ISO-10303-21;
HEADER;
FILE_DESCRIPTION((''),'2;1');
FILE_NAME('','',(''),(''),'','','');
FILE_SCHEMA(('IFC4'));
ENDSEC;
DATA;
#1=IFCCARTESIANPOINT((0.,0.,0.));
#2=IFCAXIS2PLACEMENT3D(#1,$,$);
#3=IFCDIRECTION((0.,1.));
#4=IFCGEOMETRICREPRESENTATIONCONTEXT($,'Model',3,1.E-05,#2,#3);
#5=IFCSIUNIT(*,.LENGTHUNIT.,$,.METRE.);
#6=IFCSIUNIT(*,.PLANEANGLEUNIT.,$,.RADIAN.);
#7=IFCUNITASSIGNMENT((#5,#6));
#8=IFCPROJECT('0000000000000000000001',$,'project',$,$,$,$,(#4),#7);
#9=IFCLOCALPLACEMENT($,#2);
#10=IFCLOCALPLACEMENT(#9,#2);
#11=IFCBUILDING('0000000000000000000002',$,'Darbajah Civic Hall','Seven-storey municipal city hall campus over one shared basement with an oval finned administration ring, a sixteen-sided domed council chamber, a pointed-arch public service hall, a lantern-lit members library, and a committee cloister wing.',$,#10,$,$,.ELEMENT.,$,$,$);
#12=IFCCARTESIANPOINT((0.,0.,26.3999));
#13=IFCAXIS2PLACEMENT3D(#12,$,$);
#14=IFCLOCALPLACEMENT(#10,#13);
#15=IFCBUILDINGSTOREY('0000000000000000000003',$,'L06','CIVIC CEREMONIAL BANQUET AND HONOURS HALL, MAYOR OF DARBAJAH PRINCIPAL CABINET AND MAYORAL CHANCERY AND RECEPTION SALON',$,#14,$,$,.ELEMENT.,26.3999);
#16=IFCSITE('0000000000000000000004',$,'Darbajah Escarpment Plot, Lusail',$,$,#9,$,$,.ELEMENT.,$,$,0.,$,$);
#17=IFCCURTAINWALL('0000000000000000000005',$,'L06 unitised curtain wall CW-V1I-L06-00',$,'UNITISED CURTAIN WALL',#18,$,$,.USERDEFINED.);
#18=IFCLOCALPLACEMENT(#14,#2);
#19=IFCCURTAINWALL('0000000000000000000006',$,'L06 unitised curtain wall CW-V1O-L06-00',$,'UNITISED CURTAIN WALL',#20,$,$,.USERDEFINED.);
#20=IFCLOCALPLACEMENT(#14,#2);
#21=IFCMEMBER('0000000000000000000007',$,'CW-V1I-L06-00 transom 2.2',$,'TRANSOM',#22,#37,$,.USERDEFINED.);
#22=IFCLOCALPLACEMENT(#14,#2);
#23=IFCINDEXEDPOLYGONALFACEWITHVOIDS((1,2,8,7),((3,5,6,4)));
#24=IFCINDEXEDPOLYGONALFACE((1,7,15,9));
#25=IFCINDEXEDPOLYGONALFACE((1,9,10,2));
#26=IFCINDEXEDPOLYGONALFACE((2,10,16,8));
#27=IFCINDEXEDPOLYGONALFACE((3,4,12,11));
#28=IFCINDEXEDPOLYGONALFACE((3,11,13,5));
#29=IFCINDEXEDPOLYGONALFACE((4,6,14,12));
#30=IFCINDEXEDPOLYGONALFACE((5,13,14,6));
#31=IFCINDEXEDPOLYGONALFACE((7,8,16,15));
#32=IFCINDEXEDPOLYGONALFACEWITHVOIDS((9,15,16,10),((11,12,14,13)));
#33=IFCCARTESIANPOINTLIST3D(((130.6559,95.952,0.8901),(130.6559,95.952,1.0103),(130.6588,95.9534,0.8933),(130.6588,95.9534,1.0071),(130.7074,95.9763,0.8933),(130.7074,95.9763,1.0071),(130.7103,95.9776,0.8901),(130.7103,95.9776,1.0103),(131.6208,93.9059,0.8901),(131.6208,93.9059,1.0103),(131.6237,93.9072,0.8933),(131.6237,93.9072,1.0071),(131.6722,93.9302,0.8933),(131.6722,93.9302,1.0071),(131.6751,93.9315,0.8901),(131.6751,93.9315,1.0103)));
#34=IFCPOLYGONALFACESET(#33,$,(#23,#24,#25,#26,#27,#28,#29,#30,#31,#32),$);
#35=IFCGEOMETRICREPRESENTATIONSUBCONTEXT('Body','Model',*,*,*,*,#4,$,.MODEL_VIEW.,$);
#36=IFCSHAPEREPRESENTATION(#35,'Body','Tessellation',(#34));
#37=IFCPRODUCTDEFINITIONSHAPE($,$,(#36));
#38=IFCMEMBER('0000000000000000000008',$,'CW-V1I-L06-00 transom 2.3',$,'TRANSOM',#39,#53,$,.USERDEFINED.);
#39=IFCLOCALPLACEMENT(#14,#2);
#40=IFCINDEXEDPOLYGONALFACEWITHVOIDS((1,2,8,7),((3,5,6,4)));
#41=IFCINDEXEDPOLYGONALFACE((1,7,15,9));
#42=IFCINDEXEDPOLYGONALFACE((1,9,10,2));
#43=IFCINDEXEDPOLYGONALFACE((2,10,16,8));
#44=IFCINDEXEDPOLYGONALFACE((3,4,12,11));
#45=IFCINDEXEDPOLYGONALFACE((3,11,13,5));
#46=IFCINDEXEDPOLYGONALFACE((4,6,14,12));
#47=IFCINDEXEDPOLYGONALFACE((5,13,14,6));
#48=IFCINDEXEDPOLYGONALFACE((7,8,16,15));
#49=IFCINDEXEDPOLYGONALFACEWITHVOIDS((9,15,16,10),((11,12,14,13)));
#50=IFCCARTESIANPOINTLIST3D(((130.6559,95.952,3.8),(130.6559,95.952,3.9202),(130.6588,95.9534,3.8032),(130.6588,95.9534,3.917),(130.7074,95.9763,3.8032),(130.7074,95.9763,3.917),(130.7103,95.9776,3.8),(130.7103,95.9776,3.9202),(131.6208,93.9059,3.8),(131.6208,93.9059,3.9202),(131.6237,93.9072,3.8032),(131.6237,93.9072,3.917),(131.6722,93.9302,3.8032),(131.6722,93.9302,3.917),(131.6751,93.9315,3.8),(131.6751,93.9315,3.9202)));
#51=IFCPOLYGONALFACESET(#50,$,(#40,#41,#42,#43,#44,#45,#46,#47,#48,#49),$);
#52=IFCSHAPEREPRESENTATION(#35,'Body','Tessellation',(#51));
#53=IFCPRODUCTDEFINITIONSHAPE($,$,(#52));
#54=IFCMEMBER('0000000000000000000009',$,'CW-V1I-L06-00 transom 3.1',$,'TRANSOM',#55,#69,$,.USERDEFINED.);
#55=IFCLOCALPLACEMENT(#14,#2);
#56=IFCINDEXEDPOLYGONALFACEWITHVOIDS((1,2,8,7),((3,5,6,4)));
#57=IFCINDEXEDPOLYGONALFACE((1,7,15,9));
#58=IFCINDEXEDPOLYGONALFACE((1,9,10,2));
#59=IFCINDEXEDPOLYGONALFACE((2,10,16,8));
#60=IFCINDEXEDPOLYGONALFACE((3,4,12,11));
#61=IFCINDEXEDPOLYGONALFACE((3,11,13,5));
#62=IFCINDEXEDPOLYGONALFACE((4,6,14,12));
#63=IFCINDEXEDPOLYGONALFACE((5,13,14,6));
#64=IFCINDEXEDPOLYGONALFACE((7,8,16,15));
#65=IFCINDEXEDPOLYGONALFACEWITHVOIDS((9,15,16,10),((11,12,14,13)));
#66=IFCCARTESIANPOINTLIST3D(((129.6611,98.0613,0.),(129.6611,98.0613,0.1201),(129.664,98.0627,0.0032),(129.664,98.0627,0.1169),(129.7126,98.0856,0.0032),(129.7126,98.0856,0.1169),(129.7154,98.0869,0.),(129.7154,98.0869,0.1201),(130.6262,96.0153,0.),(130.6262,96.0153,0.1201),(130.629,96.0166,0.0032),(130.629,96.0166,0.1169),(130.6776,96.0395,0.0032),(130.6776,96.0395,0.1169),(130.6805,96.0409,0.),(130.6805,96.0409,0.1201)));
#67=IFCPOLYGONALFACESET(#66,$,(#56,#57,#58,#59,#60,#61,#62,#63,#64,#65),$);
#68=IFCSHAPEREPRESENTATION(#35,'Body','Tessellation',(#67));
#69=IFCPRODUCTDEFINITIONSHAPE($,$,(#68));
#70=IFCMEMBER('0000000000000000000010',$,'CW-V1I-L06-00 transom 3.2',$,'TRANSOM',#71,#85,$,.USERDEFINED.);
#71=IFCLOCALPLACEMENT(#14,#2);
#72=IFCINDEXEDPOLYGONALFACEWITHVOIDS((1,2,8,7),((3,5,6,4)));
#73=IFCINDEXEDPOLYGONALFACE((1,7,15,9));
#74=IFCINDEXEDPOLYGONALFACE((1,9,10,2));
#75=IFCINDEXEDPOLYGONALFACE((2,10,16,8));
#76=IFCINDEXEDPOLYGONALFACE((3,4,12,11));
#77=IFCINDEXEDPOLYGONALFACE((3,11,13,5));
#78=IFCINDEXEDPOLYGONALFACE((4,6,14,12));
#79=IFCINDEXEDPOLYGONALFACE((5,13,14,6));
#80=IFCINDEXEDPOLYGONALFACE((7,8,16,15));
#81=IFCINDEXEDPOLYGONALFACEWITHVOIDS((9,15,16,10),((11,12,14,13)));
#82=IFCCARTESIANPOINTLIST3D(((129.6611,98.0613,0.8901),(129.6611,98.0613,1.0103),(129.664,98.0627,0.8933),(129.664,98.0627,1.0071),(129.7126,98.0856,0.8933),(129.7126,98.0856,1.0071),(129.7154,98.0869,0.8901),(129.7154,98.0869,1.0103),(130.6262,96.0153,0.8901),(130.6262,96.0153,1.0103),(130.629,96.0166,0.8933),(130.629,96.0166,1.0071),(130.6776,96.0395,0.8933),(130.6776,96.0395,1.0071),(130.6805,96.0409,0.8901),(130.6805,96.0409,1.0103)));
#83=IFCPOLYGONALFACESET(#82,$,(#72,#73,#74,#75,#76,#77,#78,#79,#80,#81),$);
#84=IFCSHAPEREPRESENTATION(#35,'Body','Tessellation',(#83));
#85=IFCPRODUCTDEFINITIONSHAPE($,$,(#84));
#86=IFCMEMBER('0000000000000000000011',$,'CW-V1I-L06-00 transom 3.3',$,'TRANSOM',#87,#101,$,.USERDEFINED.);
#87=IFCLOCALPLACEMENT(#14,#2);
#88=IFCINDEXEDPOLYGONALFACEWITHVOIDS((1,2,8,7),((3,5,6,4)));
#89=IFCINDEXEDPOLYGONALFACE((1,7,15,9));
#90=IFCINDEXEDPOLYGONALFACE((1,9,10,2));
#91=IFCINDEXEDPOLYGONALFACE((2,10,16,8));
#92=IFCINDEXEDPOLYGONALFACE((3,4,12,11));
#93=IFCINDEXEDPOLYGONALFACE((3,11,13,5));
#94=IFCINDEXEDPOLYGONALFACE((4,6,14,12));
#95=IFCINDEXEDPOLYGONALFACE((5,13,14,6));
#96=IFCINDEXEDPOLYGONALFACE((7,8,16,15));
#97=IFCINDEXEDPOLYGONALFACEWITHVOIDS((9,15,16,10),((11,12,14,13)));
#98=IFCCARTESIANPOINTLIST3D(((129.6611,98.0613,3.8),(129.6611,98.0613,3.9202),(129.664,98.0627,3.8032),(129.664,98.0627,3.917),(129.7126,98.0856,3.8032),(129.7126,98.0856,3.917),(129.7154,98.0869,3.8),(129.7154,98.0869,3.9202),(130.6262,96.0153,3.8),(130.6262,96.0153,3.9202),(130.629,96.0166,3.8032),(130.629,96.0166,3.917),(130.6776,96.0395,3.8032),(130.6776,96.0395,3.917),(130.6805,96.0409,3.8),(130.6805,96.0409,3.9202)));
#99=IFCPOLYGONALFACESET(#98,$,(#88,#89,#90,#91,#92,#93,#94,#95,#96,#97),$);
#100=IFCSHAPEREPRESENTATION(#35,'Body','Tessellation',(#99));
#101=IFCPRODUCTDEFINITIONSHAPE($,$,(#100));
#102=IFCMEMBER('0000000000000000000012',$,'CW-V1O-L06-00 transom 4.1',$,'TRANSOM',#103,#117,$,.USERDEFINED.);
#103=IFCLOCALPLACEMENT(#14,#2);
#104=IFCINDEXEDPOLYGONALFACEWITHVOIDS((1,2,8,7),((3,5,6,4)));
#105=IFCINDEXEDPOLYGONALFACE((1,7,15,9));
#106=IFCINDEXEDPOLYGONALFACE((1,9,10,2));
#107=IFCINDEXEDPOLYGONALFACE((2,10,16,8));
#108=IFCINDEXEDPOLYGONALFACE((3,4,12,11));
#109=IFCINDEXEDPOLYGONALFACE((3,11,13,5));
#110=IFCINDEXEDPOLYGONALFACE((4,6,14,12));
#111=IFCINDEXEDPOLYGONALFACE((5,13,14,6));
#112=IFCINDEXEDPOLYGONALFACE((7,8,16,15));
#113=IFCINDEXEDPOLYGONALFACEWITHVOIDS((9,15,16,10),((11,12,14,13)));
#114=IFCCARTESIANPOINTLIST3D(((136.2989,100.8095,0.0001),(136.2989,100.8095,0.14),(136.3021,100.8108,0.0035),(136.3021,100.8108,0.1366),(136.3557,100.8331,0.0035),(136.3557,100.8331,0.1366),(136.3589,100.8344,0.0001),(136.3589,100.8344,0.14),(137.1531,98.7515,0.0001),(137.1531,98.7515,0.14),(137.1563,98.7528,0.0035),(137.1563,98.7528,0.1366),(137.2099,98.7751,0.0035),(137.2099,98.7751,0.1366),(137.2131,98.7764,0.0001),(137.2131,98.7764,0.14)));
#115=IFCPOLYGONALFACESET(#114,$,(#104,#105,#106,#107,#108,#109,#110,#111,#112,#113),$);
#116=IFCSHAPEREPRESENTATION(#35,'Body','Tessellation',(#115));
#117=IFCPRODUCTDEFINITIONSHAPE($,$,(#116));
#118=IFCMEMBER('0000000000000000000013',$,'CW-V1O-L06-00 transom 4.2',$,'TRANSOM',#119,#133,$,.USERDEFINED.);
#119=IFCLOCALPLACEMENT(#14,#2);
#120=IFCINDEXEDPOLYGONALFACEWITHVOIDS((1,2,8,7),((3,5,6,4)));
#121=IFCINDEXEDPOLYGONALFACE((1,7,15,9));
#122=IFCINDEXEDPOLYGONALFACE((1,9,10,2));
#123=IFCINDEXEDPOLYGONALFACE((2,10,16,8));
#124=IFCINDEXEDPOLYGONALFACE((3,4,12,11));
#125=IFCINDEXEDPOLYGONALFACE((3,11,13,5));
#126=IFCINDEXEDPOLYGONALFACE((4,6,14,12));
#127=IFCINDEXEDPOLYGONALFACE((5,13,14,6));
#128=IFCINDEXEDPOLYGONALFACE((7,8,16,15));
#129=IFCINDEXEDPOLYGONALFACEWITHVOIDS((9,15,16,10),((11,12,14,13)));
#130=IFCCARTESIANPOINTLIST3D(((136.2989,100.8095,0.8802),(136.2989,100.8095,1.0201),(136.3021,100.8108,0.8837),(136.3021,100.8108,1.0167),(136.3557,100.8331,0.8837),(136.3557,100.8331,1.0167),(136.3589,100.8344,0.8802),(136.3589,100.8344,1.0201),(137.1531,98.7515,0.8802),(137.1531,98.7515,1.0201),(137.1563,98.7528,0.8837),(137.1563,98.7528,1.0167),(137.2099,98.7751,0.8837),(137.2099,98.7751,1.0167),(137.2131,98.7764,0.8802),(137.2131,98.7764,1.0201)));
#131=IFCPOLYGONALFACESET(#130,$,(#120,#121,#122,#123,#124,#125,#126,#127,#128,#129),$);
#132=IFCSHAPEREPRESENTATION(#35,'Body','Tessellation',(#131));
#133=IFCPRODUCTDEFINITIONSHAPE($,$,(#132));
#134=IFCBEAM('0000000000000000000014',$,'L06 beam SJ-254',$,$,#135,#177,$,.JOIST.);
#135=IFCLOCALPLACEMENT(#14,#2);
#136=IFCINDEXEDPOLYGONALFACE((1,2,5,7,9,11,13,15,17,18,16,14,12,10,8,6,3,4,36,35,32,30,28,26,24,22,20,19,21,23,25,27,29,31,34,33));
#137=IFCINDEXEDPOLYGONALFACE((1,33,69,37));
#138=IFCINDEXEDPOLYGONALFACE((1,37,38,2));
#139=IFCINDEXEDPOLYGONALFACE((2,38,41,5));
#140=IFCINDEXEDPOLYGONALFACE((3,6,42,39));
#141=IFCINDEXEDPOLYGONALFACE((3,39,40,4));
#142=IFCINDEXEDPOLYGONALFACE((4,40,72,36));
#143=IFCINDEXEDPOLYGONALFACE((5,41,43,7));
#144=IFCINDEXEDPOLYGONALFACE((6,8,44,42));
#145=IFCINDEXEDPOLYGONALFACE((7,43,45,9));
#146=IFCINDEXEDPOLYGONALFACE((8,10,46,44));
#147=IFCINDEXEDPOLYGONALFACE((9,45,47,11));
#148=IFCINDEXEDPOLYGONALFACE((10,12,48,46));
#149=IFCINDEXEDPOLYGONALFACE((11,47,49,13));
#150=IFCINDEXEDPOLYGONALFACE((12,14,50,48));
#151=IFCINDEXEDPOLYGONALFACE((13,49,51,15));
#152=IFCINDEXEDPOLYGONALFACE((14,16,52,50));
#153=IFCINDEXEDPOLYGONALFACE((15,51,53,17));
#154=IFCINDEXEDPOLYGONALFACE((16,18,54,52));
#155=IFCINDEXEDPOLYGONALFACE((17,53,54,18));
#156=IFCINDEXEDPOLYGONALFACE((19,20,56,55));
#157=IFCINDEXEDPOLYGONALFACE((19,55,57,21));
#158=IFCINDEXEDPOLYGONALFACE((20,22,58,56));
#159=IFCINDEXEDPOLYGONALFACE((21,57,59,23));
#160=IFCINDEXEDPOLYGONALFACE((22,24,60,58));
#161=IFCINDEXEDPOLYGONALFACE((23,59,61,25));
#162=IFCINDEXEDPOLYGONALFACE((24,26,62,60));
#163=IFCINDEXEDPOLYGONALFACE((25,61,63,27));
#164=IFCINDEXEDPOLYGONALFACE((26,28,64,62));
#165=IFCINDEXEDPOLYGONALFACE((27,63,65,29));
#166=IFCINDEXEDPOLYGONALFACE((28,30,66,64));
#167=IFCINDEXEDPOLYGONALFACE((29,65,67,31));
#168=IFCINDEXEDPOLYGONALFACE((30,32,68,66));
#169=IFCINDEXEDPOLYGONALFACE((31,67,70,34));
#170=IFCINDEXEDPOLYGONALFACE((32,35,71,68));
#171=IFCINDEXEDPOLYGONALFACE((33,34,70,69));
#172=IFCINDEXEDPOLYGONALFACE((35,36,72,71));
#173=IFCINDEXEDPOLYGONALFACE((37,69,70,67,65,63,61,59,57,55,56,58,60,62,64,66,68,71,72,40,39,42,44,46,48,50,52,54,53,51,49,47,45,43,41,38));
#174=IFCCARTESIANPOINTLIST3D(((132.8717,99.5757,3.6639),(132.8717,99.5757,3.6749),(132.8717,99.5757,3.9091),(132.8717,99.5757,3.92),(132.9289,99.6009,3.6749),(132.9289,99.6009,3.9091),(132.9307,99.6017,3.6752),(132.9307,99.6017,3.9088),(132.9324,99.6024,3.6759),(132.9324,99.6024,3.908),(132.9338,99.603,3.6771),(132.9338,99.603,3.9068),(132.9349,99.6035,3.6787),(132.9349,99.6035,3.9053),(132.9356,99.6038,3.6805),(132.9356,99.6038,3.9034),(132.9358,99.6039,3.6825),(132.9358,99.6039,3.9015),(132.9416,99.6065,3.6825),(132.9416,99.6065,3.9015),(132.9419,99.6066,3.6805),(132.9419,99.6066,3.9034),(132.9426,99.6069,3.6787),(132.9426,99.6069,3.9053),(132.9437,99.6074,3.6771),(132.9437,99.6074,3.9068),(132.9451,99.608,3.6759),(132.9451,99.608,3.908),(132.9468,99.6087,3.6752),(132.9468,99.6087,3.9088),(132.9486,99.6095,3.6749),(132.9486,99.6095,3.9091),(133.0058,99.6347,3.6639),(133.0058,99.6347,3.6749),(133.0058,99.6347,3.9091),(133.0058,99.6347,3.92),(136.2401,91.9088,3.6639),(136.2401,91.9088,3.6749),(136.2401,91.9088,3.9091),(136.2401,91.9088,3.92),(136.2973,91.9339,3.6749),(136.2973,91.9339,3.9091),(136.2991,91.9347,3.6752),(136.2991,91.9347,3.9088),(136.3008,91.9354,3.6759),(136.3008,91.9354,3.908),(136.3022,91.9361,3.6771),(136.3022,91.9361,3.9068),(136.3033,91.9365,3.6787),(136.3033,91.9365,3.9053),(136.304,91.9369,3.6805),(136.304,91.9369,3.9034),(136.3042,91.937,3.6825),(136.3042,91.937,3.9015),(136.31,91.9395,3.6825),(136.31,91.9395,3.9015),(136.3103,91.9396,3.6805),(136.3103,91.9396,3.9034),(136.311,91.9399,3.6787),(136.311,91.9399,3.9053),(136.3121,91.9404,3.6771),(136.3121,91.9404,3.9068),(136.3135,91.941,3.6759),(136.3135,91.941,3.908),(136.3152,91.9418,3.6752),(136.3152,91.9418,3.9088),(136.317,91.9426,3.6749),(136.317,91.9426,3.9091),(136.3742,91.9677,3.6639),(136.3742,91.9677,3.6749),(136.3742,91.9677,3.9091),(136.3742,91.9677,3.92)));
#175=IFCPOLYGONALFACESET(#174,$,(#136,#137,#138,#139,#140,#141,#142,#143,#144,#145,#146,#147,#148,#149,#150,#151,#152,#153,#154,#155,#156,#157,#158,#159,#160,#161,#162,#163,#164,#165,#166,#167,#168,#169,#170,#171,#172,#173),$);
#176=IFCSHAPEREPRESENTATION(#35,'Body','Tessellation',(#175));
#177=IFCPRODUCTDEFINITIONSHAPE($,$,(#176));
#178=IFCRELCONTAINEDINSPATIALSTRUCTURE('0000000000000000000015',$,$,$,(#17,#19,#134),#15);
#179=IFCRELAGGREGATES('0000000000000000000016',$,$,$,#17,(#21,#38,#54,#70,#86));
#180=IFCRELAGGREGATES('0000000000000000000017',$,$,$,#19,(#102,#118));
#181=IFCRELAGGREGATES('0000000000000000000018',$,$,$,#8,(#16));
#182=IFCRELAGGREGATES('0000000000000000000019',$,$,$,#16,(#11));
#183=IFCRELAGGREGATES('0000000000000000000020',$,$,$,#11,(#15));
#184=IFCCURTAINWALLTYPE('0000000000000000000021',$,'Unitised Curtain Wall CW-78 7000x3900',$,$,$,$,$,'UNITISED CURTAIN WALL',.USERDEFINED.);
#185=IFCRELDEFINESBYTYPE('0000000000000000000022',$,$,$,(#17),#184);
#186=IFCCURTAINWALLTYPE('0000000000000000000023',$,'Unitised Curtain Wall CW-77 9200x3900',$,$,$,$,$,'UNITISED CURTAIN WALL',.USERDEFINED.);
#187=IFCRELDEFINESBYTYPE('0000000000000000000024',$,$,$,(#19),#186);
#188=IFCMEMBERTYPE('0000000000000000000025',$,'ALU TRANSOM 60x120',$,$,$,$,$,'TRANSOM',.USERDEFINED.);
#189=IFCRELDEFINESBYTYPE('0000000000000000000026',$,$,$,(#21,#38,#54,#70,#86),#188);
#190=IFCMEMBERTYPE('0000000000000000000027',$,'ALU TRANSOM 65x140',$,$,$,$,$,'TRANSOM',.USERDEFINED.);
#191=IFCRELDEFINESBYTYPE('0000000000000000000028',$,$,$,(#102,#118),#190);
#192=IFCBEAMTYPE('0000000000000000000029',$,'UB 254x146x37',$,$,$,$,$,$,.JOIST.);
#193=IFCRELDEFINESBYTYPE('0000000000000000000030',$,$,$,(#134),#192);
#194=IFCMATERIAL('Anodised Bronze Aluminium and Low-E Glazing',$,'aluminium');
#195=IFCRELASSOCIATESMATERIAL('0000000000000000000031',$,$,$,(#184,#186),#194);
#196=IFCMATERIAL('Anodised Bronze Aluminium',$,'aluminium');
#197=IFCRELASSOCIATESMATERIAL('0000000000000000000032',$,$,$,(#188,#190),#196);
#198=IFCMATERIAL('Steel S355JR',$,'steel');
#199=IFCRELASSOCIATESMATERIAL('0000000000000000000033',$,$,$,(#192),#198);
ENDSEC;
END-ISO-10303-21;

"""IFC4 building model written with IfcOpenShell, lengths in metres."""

from ifc_helpers import new_model, si_unit, direction, frame, origin, origin_2d, place, context, subcontext, project, spatial, hollow_rectangle, i_section, extrude, material, material_profile, profile_set, type_object, element, aggregate, save


model = new_model("IFC4")

# Units and contexts
model_context = context("Model", 3, precision=1e-05, world=origin(), true_north=direction((0.0, 1.0)))
body_context = subcontext(model_context, "Body", "Model", "MODEL_VIEW")
ifc_project = project(units=[si_unit("LENGTHUNIT", "METRE"), si_unit("PLANEANGLEUNIT", "RADIAN")], contexts=[model_context])

# Site, building, storey
site_placement = place(None, origin())
site = spatial("IfcSite", under=ifc_project, at=site_placement, Name="Darbajah Escarpment Plot, Lusail", CompositionType="ELEMENT", RefElevation=0.0)
building_placement = place(site_placement, origin())
building = spatial("IfcBuilding", under=site, at=building_placement, Name="Darbajah Civic Hall", Description="Seven-storey municipal city hall campus over one shared basement with an oval finned administration ring, a sixteen-sided domed council chamber, a pointed-arch public service hall, a lantern-lit members library, and a committee cloister wing.", CompositionType="ELEMENT")
storey_placement = place(building_placement, frame((0.0, 0.0, 26.3999)))
storey = spatial("IfcBuildingStorey", under=building, at=storey_placement, Name="L06", Description="CIVIC CEREMONIAL BANQUET AND HONOURS HALL, MAYOR OF DARBAJAH PRINCIPAL CABINET AND MAYORAL CHANCERY AND RECEPTION SALON", CompositionType="ELEMENT", Elevation=26.3999)

# Curtain wall
ifc_material_1 = material(Name="Anodised Bronze Aluminium and Low-E Glazing", Category="aluminium")
curtain_wall_type_1 = type_object("IfcCurtainWallType", Name="Unitised Curtain Wall CW-78 7000x3900", ElementType="UNITISED CURTAIN WALL", PredefinedType="USERDEFINED", material=ifc_material_1)
curtain_wall_1_placement = place(storey_placement, origin())
curtain_wall_1 = element("IfcCurtainWall", 1, at=curtain_wall_1_placement, inside=storey, type_object=curtain_wall_type_1, Name="L06 unitised curtain wall CW-V1I-L06-00", ObjectType="UNITISED CURTAIN WALL", PredefinedType="USERDEFINED")
ifc_material_2 = material(Name="Anodised Bronze Aluminium", Category="aluminium")

# Curtain wall
curtain_wall_type_2 = type_object("IfcCurtainWallType", Name="Unitised Curtain Wall CW-77 9200x3900", ElementType="UNITISED CURTAIN WALL", PredefinedType="USERDEFINED", material=ifc_material_1)
curtain_wall_2_placement = place(storey_placement, origin())
curtain_wall_2 = element("IfcCurtainWall", 2, at=curtain_wall_2_placement, inside=storey, type_object=curtain_wall_type_2, Name="L06 unitised curtain wall CW-V1O-L06-00", ObjectType="UNITISED CURTAIN WALL", PredefinedType="USERDEFINED")

# Members
ifc_material_profile_1 = material_profile(ifc_material_2, hollow_rectangle(XDim=0.0601, YDim=0.1201, WallThickness=0.0032, at=origin_2d()), Name="ALU TRANSOM 60x120")
ifc_profile_set_1 = profile_set([ifc_material_profile_1], Name="Anodised Bronze Aluminium")
member_type_1 = type_object("IfcMemberType", Name="ALU TRANSOM 60x120", ElementType="TRANSOM", PredefinedType="USERDEFINED", material=ifc_profile_set_1)
member_1_placement = place(storey_placement, frame((131.6479, 93.9187, 0.9502), z_axis=(-0.426504, 0.904486, 0.0), x_axis=(-0.904486, -0.426504, 0.0)))
member_1 = element("IfcMember", 3, at=member_1_placement, type_object=member_type_1, Name="CW-V1I-L06-00 transom 2.2", ObjectType="TRANSOM", PredefinedType="USERDEFINED", context=body_context, shape_type="SweptSolid", body=[
    extrude(hollow_rectangle(XDim=0.0601, YDim=0.1201, WallThickness=0.0032, at=origin_2d()), origin(), (0.0, 0.0, 1.0), 2.2622),
])
member_2_placement = place(storey_placement, frame((131.6479, 93.9187, 3.8601), z_axis=(-0.426504, 0.904486, 0.0), x_axis=(-0.904486, -0.426504, 0.0)))
member_2 = element("IfcMember", 4, at=member_2_placement, type_object=member_type_1, Name="CW-V1I-L06-00 transom 2.3", ObjectType="TRANSOM", PredefinedType="USERDEFINED", context=body_context, shape_type="SweptSolid", body=[
    extrude(hollow_rectangle(XDim=0.0601, YDim=0.1201, WallThickness=0.0032, at=origin_2d()), origin(), (0.0, 0.0, 1.0), 2.2622),
])
member_3_placement = place(storey_placement, frame((130.6533, 96.0281, 0.0601), z_axis=(-0.426592, 0.904444, 0.0), x_axis=(-0.904444, -0.426592, 0.0)))
member_3 = element("IfcMember", 5, at=member_3_placement, type_object=member_type_1, Name="CW-V1I-L06-00 transom 3.1", ObjectType="TRANSOM", PredefinedType="USERDEFINED", context=body_context, shape_type="SweptSolid", body=[
    extrude(hollow_rectangle(XDim=0.0601, YDim=0.1201, WallThickness=0.0032, at=origin_2d()), origin(), (0.0, 0.0, 1.0), 2.2622),
])
member_4_placement = place(storey_placement, frame((130.6533, 96.0281, 0.9502), z_axis=(-0.426592, 0.904444, 0.0), x_axis=(-0.904444, -0.426592, 0.0)))
member_4 = element("IfcMember", 6, at=member_4_placement, type_object=member_type_1, Name="CW-V1I-L06-00 transom 3.2", ObjectType="TRANSOM", PredefinedType="USERDEFINED", context=body_context, shape_type="SweptSolid", body=[
    extrude(hollow_rectangle(XDim=0.0601, YDim=0.1201, WallThickness=0.0032, at=origin_2d()), origin(), (0.0, 0.0, 1.0), 2.2622),
])
member_5_placement = place(storey_placement, frame((130.6533, 96.0281, 3.8601), z_axis=(-0.426592, 0.904444, 0.0), x_axis=(-0.904444, -0.426592, 0.0)))
member_5 = element("IfcMember", 7, at=member_5_placement, type_object=member_type_1, Name="CW-V1I-L06-00 transom 3.3", ObjectType="TRANSOM", PredefinedType="USERDEFINED", context=body_context, shape_type="SweptSolid", body=[
    extrude(hollow_rectangle(XDim=0.0601, YDim=0.1201, WallThickness=0.0032, at=origin_2d()), origin(), (0.0, 0.0, 1.0), 2.2622),
])
ifc_material_profile_2 = material_profile(ifc_material_2, hollow_rectangle(XDim=0.0649, YDim=0.1399, WallThickness=0.0034, at=origin_2d()), Name="ALU TRANSOM 65x140")
ifc_profile_set_2 = profile_set([ifc_material_profile_2], Name="Anodised Bronze Aluminium")
member_type_2 = type_object("IfcMemberType", Name="ALU TRANSOM 65x140", ElementType="TRANSOM", PredefinedType="USERDEFINED", material=ifc_profile_set_2)
member_6_placement = place(storey_placement, frame((137.1831, 98.7639, 0.0701), z_axis=(-0.383355, 0.923601, 0.0), x_axis=(-0.923601, -0.383355, 0.0)))
member_6 = element("IfcMember", 8, at=member_6_placement, type_object=member_type_2, Name="CW-V1O-L06-00 transom 4.1", ObjectType="TRANSOM", PredefinedType="USERDEFINED", context=body_context, shape_type="SweptSolid", body=[
    extrude(hollow_rectangle(XDim=0.0649, YDim=0.1399, WallThickness=0.0034, at=origin_2d()), origin(), (0.0, 0.0, 1.0), 2.2283),
])
member_7_placement = place(storey_placement, frame((137.1831, 98.7639, 0.9502), z_axis=(-0.383355, 0.923601, 0.0), x_axis=(-0.923601, -0.383355, 0.0)))
member_7 = element("IfcMember", 9, at=member_7_placement, type_object=member_type_2, Name="CW-V1O-L06-00 transom 4.2", ObjectType="TRANSOM", PredefinedType="USERDEFINED", context=body_context, shape_type="SweptSolid", body=[
    extrude(hollow_rectangle(XDim=0.0649, YDim=0.1399, WallThickness=0.0034, at=origin_2d()), origin(), (0.0, 0.0, 1.0), 2.2283),
])

# Beam
ifc_material_3 = material(Name="Steel S355JR", Category="steel")
ifc_material_profile_3 = material_profile(ifc_material_3, i_section(OverallWidth=0.1465, OverallDepth=0.2561, WebThickness=0.0063, FlangeThickness=0.011, FilletRadius=0.0076, at=origin_2d()), Name="UB 254x146x37")
ifc_profile_set_3 = profile_set([ifc_material_profile_3], Name="Steel S355JR")
beam_type_1 = type_object("IfcBeamType", Name="UB 254x146x37", PredefinedType="JOIST", material=ifc_profile_set_3)
beam_1_placement = place(storey_placement, frame((136.3071, 91.9382, 3.792), z_axis=(-0.402231, 0.915538, 0.0), x_axis=(-0.915538, -0.402231, 0.0)))
element("IfcBeam", 10, at=beam_1_placement, inside=storey, type_object=beam_type_1, Name="L06 beam SJ-254", PredefinedType="JOIST", context=body_context, shape_type="SweptSolid", body=[
    extrude(i_section(OverallWidth=0.1465, OverallDepth=0.2561, WebThickness=0.0063, FlangeThickness=0.011, FilletRadius=0.0076, at=origin_2d()), origin(), (0.0, 0.0, 1.0), 8.3743),
])

aggregate(curtain_wall_1, [member_1, member_2, member_3, member_4, member_5])
aggregate(curtain_wall_2, [member_6, member_7])

save(model, "model.ifc")
